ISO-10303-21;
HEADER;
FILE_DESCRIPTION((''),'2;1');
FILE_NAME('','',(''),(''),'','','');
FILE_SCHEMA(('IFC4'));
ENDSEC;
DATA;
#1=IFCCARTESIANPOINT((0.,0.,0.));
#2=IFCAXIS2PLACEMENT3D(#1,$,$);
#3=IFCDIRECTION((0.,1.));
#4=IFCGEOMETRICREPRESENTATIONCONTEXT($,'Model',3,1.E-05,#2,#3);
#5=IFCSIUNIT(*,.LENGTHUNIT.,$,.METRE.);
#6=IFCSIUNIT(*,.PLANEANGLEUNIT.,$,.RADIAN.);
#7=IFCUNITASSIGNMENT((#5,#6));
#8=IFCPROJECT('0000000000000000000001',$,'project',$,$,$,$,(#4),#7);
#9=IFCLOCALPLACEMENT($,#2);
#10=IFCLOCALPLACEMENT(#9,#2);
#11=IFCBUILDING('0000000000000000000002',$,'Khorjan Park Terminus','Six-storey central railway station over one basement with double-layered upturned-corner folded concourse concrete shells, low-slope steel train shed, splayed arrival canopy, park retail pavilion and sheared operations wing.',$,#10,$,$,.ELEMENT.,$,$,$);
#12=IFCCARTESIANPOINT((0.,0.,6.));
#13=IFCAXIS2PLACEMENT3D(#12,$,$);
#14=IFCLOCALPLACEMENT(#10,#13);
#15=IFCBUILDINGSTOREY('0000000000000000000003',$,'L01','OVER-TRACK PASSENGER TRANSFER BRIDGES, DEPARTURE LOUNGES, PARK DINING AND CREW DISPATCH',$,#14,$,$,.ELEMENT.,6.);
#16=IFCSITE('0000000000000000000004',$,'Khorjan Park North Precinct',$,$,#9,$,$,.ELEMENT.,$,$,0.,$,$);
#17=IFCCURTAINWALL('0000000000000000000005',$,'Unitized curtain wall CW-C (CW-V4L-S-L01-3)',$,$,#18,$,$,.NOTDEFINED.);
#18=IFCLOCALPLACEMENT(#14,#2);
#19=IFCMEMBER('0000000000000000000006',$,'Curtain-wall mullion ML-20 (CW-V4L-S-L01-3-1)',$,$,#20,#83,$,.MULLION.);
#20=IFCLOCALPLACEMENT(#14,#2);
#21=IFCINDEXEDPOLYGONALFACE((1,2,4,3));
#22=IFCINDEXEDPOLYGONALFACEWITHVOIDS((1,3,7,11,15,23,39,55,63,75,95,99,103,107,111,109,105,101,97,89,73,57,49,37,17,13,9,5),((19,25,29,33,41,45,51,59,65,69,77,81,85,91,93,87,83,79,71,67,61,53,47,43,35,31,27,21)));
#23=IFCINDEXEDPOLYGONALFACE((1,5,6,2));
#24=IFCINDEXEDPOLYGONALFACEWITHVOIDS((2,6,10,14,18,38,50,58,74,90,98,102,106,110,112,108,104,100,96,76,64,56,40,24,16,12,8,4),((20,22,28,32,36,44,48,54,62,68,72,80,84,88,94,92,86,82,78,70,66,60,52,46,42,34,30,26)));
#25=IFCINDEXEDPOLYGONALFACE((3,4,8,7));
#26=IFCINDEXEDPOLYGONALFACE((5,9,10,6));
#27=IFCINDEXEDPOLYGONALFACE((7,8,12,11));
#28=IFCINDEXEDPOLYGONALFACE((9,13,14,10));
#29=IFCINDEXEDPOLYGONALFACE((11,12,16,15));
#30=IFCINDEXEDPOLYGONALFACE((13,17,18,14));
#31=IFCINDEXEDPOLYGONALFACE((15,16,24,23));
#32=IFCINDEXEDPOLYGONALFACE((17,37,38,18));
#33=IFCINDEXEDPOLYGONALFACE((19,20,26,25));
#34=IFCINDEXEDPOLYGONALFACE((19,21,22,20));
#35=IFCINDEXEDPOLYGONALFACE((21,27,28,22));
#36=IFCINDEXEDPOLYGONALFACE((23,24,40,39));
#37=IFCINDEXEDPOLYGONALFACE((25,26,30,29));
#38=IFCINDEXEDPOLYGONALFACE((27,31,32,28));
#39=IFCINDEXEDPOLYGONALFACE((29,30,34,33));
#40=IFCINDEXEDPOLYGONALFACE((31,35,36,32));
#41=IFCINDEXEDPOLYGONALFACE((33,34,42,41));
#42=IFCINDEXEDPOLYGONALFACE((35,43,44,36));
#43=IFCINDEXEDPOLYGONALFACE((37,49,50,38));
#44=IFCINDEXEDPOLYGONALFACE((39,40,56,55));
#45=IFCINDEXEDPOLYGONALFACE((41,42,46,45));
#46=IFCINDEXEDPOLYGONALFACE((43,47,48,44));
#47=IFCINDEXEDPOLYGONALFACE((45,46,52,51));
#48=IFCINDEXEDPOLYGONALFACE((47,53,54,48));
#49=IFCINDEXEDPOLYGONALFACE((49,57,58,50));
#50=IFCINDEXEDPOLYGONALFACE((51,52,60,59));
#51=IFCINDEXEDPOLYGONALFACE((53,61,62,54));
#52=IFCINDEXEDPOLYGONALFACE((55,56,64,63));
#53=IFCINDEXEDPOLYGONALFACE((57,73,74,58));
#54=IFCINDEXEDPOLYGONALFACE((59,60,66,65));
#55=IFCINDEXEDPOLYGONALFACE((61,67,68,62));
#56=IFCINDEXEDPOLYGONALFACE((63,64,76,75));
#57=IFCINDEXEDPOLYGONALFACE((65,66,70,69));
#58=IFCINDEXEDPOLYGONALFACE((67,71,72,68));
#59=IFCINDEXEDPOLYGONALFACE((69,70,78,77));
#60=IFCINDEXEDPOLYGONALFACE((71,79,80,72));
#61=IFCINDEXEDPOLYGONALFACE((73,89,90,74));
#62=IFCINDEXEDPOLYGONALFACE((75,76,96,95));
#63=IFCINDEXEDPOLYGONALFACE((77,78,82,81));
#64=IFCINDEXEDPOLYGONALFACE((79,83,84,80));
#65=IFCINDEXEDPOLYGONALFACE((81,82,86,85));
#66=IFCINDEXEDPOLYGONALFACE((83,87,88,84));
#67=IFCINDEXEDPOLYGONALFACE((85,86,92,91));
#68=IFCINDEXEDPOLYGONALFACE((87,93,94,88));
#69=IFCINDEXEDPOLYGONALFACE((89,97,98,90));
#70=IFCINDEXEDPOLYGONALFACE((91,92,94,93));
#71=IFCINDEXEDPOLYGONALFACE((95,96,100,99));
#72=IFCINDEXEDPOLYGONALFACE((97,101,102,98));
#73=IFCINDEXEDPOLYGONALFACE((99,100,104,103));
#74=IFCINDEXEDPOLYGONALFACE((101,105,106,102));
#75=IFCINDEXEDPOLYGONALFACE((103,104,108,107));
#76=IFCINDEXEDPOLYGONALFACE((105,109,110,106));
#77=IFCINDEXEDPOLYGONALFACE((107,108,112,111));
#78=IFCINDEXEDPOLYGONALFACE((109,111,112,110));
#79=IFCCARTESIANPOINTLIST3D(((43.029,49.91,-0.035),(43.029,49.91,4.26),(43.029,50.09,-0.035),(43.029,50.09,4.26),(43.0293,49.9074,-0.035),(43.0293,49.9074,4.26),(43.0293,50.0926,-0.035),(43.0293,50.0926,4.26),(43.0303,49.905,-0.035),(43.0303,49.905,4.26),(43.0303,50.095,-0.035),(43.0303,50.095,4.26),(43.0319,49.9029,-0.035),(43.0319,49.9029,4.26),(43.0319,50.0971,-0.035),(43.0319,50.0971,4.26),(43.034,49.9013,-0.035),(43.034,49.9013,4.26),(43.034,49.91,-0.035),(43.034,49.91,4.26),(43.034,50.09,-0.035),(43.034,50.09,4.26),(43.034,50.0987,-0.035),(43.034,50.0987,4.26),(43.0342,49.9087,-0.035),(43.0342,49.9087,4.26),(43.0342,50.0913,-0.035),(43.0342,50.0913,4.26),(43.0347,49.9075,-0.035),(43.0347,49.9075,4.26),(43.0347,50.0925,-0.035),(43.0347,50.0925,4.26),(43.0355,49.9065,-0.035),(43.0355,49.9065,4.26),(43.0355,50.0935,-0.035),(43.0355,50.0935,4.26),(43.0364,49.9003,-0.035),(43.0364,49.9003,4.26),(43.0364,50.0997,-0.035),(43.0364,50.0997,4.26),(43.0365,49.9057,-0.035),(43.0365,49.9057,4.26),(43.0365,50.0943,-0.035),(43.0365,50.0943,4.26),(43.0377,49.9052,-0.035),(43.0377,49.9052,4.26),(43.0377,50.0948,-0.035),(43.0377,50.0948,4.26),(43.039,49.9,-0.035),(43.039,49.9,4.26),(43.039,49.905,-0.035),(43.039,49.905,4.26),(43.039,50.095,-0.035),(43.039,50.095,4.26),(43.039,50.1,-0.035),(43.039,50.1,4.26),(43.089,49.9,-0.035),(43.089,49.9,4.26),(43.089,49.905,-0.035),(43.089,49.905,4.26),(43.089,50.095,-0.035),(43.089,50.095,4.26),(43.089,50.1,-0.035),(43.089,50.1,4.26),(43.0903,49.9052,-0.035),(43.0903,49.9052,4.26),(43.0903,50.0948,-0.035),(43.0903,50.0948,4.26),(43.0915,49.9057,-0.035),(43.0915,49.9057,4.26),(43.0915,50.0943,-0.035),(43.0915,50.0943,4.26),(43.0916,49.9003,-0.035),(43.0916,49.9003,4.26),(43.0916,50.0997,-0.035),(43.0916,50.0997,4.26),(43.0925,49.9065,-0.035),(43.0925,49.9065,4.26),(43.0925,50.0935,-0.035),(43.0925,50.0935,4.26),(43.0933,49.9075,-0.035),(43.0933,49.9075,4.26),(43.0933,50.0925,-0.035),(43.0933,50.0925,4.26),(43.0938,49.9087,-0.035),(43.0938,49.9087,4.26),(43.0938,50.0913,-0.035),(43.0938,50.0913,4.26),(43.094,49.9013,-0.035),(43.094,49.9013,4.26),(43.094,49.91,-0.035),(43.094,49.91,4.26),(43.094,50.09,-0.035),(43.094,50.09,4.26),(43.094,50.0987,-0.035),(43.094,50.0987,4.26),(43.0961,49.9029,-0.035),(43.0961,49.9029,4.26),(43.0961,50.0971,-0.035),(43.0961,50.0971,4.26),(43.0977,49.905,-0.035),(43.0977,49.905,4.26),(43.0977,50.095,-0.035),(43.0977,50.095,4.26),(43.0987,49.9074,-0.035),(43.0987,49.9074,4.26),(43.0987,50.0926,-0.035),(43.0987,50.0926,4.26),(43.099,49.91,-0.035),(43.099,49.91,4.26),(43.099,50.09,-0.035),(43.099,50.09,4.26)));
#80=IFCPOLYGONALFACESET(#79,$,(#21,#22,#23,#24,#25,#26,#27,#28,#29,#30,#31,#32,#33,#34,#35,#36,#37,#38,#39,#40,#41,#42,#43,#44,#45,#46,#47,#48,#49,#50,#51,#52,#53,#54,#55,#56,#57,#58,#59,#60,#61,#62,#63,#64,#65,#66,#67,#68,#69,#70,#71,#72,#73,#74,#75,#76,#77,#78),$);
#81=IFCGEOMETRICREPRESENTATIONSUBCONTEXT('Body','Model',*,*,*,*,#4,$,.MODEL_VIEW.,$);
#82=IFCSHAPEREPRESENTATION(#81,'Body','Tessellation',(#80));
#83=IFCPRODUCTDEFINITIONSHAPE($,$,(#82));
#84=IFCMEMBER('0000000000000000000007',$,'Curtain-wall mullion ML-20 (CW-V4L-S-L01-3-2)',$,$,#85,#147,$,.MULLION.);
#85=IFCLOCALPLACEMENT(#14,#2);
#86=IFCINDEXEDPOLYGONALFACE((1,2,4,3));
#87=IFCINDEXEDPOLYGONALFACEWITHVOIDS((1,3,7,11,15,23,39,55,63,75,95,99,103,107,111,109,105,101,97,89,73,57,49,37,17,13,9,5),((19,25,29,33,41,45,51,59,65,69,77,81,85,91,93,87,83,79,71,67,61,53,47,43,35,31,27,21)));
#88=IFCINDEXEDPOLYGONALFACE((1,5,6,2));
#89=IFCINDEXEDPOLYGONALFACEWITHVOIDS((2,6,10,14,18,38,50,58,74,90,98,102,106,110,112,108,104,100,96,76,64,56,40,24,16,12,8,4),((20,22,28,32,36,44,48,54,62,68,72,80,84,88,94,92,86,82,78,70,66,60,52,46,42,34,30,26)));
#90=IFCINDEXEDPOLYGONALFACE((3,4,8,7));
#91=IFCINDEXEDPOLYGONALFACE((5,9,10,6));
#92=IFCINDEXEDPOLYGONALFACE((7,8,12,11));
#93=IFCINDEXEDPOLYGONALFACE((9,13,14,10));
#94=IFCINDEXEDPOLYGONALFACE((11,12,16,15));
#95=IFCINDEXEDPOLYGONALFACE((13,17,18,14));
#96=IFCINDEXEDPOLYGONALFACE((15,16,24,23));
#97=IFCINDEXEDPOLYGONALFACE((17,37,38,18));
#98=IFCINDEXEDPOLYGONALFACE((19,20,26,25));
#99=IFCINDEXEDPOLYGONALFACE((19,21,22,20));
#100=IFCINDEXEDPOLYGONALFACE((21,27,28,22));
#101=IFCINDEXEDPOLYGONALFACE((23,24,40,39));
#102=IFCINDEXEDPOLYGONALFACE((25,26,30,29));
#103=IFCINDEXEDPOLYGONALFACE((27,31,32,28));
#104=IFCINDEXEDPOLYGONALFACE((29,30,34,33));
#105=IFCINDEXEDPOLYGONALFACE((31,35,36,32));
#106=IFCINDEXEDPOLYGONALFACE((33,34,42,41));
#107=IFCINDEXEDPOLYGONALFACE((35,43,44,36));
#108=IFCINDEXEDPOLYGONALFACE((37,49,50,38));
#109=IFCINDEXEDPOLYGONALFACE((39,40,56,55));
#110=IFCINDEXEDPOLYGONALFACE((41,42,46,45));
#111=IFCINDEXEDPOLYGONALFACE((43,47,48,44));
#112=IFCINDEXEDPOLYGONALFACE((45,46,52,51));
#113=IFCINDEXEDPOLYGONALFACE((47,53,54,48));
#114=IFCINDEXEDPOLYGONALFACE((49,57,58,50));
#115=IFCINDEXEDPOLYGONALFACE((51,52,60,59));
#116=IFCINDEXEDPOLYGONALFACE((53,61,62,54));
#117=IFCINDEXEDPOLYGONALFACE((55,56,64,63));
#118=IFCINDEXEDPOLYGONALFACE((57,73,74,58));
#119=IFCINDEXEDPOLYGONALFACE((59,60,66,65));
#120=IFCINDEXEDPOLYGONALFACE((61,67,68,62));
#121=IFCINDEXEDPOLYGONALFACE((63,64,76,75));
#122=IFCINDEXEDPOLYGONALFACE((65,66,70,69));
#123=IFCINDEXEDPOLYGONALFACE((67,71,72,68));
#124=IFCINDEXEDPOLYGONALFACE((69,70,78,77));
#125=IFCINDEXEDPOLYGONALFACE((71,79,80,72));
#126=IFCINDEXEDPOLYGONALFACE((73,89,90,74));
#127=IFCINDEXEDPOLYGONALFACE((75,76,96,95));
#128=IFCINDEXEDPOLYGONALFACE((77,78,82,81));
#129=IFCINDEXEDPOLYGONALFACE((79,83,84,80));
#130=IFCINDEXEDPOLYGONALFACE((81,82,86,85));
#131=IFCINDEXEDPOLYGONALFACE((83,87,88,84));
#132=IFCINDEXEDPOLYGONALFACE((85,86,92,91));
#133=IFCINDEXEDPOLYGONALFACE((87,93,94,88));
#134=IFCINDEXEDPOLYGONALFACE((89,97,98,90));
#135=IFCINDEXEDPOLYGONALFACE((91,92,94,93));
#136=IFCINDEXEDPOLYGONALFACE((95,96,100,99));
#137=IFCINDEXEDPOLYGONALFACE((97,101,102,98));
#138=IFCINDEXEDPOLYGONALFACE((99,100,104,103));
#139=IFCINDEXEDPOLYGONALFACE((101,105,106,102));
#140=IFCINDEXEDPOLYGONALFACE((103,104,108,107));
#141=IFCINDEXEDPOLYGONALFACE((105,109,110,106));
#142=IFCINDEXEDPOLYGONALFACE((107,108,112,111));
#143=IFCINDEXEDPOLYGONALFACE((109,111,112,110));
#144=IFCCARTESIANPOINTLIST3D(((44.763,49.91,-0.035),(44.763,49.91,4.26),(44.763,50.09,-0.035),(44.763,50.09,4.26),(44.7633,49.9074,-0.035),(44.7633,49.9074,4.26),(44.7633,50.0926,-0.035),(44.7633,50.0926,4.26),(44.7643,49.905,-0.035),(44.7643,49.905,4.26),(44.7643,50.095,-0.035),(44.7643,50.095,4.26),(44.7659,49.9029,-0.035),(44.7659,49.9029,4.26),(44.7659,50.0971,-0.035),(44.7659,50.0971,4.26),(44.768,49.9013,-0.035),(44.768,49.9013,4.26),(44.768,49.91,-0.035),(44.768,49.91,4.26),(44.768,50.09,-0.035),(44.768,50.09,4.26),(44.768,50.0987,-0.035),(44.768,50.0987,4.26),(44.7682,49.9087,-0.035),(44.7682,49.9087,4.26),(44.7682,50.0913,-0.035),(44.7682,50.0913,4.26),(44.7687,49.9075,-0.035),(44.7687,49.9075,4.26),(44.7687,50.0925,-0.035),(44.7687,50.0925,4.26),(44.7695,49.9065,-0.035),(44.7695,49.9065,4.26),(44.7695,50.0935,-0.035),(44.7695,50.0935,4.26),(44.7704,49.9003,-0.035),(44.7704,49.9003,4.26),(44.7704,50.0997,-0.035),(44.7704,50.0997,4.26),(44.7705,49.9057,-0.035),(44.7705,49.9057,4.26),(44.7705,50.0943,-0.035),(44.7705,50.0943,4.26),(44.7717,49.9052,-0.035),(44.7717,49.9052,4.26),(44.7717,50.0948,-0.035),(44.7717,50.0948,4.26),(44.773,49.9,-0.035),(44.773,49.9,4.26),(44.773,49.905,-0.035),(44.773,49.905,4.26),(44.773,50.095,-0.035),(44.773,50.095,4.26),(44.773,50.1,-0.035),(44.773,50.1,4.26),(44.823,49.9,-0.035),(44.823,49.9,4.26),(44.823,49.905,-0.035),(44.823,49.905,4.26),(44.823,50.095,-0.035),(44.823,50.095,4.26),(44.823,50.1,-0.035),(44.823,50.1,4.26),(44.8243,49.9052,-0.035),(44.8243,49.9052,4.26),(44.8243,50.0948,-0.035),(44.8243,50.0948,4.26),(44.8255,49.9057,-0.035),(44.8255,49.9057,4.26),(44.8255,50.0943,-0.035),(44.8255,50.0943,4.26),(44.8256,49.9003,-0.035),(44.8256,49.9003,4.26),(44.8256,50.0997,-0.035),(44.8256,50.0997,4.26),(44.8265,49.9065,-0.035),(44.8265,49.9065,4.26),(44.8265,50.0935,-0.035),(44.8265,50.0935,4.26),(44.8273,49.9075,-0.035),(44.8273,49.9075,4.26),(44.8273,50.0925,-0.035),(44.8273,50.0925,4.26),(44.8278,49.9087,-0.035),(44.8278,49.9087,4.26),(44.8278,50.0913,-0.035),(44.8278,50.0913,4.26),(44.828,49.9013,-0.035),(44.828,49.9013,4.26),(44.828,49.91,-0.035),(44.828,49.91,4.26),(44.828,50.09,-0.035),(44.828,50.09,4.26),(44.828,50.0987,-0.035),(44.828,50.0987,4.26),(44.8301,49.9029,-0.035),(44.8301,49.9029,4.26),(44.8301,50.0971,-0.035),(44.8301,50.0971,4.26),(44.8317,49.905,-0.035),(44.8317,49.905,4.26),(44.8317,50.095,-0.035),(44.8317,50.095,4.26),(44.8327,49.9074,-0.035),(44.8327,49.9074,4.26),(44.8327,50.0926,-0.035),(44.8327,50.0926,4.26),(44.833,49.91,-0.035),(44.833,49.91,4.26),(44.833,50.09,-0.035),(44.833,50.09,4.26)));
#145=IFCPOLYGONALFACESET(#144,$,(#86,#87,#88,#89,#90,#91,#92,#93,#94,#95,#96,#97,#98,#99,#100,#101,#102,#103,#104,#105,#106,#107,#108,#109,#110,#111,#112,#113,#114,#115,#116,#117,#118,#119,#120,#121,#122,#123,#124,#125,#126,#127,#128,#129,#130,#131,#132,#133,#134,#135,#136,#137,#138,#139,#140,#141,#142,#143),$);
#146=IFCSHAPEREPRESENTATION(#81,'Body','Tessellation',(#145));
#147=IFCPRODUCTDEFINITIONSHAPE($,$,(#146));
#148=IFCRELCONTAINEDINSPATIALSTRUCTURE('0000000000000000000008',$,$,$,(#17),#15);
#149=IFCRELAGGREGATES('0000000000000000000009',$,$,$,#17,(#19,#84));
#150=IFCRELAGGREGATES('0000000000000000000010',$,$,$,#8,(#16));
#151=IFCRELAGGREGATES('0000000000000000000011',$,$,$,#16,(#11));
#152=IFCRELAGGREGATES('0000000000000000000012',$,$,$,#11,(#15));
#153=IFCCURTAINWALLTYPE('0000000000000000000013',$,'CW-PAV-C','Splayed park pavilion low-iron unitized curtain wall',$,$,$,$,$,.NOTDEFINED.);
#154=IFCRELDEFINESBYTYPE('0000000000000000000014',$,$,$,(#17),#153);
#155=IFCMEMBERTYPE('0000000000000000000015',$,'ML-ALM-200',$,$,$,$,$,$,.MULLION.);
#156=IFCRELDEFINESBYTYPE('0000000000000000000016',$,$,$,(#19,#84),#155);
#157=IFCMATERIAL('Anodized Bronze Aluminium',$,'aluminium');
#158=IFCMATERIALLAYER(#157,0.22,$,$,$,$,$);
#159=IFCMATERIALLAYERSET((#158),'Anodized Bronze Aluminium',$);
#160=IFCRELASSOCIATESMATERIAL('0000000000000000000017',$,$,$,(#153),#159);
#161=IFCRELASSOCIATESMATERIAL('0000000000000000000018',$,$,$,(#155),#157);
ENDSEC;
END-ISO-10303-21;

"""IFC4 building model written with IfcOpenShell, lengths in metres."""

from ifc_helpers import new_model, si_unit, direction, frame, origin, origin_2d, place, context, subcontext, project, spatial, hollow_rectangle, extrude, material, layer, layer_set, material_profile, profile_set, type_object, element, aggregate, save


model = new_model("IFC4")

# Units and contexts
model_context = context("Model", 3, precision=1e-05, world=origin(), true_north=direction((0.0, 1.0)))
body_context = subcontext(model_context, "Body", "Model", "MODEL_VIEW")
ifc_project = project(units=[si_unit("LENGTHUNIT", "METRE"), si_unit("PLANEANGLEUNIT", "RADIAN")], contexts=[model_context])

# Site, building, storey
site_placement = place(None, origin())
site = spatial("IfcSite", under=ifc_project, at=site_placement, Name="Khorjan Park North Precinct", CompositionType="ELEMENT", RefElevation=0.0)
building_placement = place(site_placement, origin())
building = spatial("IfcBuilding", under=site, at=building_placement, Name="Khorjan Park Terminus", Description="Six-storey central railway station over one basement with double-layered upturned-corner folded concourse concrete shells, low-slope steel train shed, splayed arrival canopy, park retail pavilion and sheared operations wing.", CompositionType="ELEMENT")
storey_placement = place(building_placement, frame((0.0, 0.0, 6.0)))
storey = spatial("IfcBuildingStorey", under=building, at=storey_placement, Name="L01", Description="OVER-TRACK PASSENGER TRANSFER BRIDGES, DEPARTURE LOUNGES, PARK DINING AND CREW DISPATCH", CompositionType="ELEMENT", Elevation=6.0)

# Shared definitions
ifc_material_1 = material(Name="Anodized Bronze Aluminium", Category="aluminium")
ifc_layer_1 = layer(ifc_material_1, 0.22)
ifc_layer_set_1 = layer_set([ifc_layer_1], Name="Anodized Bronze Aluminium")
curtain_wall_type = type_object("IfcCurtainWallType", Name="CW-PAV-C", Description="Splayed park pavilion low-iron unitized curtain wall", PredefinedType="NOTDEFINED", material=ifc_layer_set_1)
ifc_material_profile_1 = material_profile(ifc_material_1, hollow_rectangle(XDim=0.07, YDim=0.2, WallThickness=0.005, InnerFilletRadius=0.005, OuterFilletRadius=0.01, at=origin_2d()), Name="ALM 70x200x5")
ifc_profile_set_1 = profile_set([ifc_material_profile_1], Name="Anodized Bronze Aluminium")
member_type_1 = type_object("IfcMemberType", Name="ML-ALM-200", PredefinedType="MULLION", material=ifc_profile_set_1)

# Curtain wall, members
curtain_wall_1_placement = place(storey_placement, origin())
curtain_wall_1 = element("IfcCurtainWall", 1, at=curtain_wall_1_placement, inside=storey, type_object=curtain_wall_type, Name="Unitized curtain wall CW-C (CW-V4L-S-L01-3)", PredefinedType="NOTDEFINED")
member_1_placement = place(storey_placement, frame((43.064, 50.0, -0.035), z_axis=(0.0, 0.0, 1.0), x_axis=(1.0, 0.0, 0.0)))
member_1 = element("IfcMember", 2, at=member_1_placement, type_object=member_type_1, Name="Curtain-wall mullion ML-20 (CW-V4L-S-L01-3-1)", PredefinedType="MULLION", context=body_context, shape_type="SweptSolid", body=[
    extrude(hollow_rectangle(XDim=0.07, YDim=0.2, WallThickness=0.005, InnerFilletRadius=0.005, OuterFilletRadius=0.01, at=origin_2d()), origin(), (0.0, 0.0, 1.0), 4.295),
])
member_2_placement = place(storey_placement, frame((44.798, 50.0, -0.035), z_axis=(0.0, 0.0, 1.0), x_axis=(1.0, 0.0, 0.0)))
member_2 = element("IfcMember", 3, at=member_2_placement, type_object=member_type_1, Name="Curtain-wall mullion ML-20 (CW-V4L-S-L01-3-2)", PredefinedType="MULLION", context=body_context, shape_type="SweptSolid", body=[
    extrude(hollow_rectangle(XDim=0.07, YDim=0.2, WallThickness=0.005, InnerFilletRadius=0.005, OuterFilletRadius=0.01, at=origin_2d()), origin(), (0.0, 0.0, 1.0), 4.295),
])

aggregate(curtain_wall_1, [member_1, member_2])

save(model, "model.ifc")
